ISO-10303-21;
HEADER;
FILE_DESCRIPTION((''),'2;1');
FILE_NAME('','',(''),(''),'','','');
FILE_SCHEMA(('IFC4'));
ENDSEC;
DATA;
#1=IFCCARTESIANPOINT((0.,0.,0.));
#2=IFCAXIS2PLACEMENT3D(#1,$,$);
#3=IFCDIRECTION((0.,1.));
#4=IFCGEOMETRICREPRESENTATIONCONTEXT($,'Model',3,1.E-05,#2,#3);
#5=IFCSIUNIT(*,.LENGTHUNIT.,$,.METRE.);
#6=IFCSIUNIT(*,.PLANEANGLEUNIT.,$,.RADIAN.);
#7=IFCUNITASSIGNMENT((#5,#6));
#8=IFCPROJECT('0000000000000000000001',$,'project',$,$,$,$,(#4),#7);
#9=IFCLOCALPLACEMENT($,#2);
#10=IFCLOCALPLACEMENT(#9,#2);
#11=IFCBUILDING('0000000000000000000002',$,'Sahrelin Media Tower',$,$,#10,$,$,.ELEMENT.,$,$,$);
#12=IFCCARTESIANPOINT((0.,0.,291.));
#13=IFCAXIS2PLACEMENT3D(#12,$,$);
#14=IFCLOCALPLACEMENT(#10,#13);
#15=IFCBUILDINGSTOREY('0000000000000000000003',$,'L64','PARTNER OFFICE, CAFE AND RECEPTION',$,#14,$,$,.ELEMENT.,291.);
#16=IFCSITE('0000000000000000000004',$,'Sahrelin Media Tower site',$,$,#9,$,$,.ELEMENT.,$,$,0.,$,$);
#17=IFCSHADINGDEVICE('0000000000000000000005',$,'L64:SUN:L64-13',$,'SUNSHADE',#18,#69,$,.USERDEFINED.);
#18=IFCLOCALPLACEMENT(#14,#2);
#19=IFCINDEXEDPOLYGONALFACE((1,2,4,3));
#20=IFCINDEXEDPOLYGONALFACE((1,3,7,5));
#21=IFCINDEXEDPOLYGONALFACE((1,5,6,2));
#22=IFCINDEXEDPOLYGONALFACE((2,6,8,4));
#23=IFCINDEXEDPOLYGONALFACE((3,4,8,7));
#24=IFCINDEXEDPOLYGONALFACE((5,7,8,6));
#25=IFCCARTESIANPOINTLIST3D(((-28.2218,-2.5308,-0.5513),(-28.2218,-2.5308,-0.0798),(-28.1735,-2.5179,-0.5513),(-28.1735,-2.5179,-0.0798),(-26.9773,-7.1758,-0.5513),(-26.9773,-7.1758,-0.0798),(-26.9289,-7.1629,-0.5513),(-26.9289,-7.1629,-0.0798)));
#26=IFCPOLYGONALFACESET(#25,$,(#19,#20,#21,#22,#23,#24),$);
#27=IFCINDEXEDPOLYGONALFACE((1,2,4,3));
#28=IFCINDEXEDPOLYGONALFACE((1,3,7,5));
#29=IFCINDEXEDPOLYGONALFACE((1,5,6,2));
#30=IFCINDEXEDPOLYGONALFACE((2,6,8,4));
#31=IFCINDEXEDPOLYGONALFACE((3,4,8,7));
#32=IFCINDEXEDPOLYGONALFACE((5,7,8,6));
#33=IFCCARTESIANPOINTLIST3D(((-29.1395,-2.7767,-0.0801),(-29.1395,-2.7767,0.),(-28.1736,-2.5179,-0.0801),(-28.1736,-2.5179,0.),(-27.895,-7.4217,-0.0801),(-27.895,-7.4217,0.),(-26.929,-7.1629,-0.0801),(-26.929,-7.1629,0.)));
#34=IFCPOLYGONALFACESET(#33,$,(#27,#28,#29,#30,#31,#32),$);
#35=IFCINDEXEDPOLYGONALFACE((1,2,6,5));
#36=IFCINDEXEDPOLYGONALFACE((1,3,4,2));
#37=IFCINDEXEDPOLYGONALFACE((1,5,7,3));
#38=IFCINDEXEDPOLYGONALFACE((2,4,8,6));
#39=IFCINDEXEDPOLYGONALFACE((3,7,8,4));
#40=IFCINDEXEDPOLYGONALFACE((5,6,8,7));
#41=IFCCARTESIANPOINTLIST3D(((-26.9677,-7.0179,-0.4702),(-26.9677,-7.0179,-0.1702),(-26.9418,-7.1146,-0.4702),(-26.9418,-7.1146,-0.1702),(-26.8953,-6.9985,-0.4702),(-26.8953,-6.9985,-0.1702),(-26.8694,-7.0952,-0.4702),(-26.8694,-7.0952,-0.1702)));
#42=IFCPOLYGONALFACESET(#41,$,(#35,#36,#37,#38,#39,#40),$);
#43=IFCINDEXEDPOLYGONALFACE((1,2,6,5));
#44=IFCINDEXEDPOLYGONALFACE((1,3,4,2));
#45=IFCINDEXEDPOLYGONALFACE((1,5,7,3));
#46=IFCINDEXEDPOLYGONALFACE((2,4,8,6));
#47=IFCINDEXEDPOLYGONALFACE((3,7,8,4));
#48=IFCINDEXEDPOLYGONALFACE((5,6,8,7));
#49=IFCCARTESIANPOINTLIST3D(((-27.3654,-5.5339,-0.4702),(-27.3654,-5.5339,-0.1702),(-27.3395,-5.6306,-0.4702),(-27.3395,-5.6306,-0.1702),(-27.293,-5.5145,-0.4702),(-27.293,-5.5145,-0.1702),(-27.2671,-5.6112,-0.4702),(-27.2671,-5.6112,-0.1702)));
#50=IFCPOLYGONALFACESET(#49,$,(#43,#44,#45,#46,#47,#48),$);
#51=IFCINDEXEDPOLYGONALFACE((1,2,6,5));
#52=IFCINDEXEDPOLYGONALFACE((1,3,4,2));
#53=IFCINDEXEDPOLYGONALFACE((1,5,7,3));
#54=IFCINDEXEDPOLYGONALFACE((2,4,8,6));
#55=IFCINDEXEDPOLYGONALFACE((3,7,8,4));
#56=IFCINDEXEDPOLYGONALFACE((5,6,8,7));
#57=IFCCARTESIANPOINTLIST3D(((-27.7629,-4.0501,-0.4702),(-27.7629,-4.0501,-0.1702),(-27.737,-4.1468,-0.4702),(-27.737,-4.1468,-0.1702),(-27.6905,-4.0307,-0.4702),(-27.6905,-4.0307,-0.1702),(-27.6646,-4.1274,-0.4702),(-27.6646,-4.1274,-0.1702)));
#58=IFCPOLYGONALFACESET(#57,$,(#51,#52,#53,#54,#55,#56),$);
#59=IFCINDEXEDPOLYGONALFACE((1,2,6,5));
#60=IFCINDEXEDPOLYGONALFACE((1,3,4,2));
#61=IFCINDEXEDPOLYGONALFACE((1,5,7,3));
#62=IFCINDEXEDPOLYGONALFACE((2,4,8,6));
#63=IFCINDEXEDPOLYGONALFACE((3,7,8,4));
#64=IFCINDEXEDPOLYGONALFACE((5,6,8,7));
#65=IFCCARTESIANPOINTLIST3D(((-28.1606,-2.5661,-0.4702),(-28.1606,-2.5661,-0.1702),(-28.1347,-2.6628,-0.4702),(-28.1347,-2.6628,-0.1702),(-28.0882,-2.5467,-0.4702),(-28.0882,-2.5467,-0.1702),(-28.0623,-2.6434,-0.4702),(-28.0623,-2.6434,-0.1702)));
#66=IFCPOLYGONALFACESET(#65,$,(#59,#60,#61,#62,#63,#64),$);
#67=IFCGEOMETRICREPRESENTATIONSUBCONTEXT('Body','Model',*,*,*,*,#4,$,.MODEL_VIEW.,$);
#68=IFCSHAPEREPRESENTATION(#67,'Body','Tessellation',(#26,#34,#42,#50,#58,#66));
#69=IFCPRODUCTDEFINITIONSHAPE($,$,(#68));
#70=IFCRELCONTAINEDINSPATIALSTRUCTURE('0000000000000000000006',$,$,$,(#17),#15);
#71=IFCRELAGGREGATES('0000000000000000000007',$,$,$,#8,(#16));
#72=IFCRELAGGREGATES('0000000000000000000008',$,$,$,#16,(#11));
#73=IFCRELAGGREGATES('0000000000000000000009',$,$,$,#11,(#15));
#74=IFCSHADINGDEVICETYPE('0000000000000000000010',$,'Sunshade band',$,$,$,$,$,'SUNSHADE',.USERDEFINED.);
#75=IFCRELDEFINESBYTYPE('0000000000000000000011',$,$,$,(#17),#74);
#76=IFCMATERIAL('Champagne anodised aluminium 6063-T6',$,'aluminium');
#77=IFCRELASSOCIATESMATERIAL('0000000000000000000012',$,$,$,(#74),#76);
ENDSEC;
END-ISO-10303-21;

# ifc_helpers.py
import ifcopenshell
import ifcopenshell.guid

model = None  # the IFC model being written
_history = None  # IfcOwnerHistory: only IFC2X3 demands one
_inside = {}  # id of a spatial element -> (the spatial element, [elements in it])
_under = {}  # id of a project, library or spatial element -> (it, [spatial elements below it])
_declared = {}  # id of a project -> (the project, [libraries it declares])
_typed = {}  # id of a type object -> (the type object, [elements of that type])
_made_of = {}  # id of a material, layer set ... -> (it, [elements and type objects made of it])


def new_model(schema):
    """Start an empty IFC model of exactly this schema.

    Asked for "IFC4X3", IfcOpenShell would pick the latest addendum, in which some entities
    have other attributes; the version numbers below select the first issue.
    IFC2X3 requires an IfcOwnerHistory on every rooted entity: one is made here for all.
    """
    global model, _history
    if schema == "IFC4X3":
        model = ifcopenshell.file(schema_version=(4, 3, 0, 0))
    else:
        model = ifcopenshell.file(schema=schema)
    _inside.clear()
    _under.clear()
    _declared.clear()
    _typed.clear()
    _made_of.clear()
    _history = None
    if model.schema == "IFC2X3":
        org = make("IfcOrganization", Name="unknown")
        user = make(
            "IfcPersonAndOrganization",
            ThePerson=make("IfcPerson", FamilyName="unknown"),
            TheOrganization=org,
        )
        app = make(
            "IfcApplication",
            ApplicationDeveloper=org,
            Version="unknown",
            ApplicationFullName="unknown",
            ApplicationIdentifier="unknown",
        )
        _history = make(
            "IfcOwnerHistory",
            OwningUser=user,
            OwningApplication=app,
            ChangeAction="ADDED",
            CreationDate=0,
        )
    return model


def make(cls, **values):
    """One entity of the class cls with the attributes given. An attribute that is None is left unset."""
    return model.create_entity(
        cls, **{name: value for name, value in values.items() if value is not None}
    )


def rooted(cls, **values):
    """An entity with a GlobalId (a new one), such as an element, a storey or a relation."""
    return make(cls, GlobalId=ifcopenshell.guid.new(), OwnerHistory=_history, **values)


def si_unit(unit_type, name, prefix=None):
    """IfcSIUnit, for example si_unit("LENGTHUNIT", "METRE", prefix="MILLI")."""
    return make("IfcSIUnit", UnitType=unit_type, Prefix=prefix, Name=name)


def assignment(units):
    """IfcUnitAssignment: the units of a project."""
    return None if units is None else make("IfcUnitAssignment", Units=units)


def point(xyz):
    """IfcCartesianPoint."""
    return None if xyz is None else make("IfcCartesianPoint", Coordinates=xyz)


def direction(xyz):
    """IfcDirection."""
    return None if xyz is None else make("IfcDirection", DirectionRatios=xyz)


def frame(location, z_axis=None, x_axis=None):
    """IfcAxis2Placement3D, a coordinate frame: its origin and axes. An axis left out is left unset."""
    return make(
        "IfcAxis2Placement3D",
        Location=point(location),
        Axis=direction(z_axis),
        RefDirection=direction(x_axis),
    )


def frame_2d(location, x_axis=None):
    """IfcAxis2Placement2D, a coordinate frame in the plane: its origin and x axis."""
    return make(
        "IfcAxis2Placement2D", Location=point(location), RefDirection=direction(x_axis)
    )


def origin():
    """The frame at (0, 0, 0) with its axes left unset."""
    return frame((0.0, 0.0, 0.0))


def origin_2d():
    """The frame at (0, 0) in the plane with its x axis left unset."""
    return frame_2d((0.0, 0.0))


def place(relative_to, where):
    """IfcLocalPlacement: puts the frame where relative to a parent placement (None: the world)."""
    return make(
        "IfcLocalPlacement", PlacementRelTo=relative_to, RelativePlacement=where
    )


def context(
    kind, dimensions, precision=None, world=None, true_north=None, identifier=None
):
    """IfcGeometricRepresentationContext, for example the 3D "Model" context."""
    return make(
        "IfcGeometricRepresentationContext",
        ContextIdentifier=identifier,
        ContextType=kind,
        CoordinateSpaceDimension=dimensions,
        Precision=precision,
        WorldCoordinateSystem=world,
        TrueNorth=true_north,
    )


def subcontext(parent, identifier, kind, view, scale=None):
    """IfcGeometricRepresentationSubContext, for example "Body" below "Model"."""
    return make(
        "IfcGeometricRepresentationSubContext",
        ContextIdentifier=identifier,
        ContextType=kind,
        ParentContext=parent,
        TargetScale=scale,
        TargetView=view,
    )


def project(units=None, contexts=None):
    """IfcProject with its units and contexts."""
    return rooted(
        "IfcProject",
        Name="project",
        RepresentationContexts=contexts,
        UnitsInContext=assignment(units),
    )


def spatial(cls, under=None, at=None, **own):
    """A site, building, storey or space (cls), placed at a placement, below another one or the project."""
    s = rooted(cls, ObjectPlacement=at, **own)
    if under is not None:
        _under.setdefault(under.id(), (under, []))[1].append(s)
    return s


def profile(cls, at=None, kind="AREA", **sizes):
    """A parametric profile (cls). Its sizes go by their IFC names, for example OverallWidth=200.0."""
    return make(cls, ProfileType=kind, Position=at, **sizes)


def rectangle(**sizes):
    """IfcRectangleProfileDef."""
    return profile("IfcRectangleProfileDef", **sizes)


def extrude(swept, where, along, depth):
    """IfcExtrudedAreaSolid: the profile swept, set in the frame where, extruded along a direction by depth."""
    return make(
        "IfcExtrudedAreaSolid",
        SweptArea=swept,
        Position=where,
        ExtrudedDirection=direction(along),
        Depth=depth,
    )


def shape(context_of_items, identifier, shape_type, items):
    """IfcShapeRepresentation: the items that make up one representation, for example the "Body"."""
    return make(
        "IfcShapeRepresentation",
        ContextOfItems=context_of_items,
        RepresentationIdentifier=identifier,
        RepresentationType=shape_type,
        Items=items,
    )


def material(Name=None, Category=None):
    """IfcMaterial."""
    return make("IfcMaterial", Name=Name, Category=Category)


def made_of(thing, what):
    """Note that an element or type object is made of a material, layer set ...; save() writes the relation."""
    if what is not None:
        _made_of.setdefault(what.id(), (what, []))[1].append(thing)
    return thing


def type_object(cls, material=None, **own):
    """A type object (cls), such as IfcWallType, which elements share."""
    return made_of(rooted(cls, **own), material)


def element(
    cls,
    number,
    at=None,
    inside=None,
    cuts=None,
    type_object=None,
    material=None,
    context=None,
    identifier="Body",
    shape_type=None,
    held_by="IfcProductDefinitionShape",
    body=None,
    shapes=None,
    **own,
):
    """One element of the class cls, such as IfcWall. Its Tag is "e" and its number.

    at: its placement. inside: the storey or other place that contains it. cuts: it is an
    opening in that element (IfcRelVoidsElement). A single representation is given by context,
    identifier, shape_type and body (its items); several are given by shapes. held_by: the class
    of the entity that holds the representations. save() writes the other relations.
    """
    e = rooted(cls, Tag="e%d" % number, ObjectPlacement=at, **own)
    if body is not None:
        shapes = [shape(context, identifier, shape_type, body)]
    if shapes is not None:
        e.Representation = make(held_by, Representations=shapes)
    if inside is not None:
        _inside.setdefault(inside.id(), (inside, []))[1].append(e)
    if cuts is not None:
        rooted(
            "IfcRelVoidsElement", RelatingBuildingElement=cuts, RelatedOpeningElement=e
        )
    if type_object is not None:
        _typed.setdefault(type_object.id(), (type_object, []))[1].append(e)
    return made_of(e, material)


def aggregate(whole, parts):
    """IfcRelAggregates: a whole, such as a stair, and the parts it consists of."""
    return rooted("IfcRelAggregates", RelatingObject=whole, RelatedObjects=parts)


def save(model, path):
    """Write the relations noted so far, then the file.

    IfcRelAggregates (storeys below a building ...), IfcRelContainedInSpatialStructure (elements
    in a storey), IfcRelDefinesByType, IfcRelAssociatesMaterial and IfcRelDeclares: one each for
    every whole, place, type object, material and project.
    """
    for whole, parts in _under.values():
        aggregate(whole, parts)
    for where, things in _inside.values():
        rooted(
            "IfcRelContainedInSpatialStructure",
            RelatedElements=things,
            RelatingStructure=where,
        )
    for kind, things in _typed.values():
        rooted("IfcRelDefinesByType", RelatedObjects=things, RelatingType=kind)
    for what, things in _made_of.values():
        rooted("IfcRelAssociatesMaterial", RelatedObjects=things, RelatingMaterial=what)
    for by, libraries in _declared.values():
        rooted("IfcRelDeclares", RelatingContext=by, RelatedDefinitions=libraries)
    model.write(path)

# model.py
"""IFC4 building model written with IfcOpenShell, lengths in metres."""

from ifc_helpers import new_model, si_unit, direction, frame, origin, origin_2d, place, context, subcontext, project, spatial, rectangle, extrude, material, type_object, element, save


model = new_model("IFC4")

# Units and contexts
model_context = context("Model", 3, precision=1e-05, world=origin(), true_north=direction((0.0, 1.0)))
body_context = subcontext(model_context, "Body", "Model", "MODEL_VIEW")
ifc_project = project(units=[si_unit("LENGTHUNIT", "METRE"), si_unit("PLANEANGLEUNIT", "RADIAN")], contexts=[model_context])

# Site, building, storey
site_placement = place(None, origin())
site = spatial("IfcSite", under=ifc_project, at=site_placement, Name="Sahrelin Media Tower site", CompositionType="ELEMENT", RefElevation=0.0)
building_placement = place(site_placement, origin())
building = spatial("IfcBuilding", under=site, at=building_placement, Name="Sahrelin Media Tower", CompositionType="ELEMENT")
storey_placement = place(building_placement, frame((0.0, 0.0, 291.0)))
storey = spatial("IfcBuildingStorey", under=building, at=storey_placement, Name="L64", Description="PARTNER OFFICE, CAFE AND RECEPTION", CompositionType="ELEMENT", Elevation=291.0)

# Shared definitions
ifc_material_1 = material(Name="Champagne anodised aluminium 6063-T6", Category="aluminium")

# Shading device
placement_1 = place(storey_placement, frame((-27.532, -4.8352, 0.0), z_axis=(0.0, 0.0, 1.0), x_axis=(-0.258808, 0.965929, 0.0)))
shading_device_type_1 = type_object("IfcShadingDeviceType", Name="Sunshade band", ElementType="SUNSHADE", PredefinedType="USERDEFINED", material=ifc_material_1)
element("IfcShadingDevice", 1, at=placement_1, inside=storey, type_object=shading_device_type_1, Name="L64:SUN:L64-13", ObjectType="SUNSHADE", PredefinedType="USERDEFINED", context=body_context, shape_type="SweptSolid", body=[
    extrude(rectangle(XDim=4.8088, YDim=0.05, at=origin_2d()), frame((0.0, 0.0449, -0.5513)), (0.0, 0.0, 1.0), 0.4714),
    extrude(rectangle(XDim=4.8088, YDim=1.0, at=origin_2d()), frame((0.0, 0.52, -0.0801)), (0.0, 0.0, 1.0), 0.0801),
    extrude(rectangle(XDim=0.1001, YDim=0.075, at=origin_2d()), frame((-2.3044, -0.0176, -0.4702)), (0.0, 0.0, 1.0), 0.3),
    extrude(rectangle(XDim=0.1001, YDim=0.075, at=origin_2d()), frame((-0.7681, -0.0176, -0.4702)), (0.0, 0.0, 1.0), 0.3),
    extrude(rectangle(XDim=0.1001, YDim=0.075, at=origin_2d()), frame((0.7681, -0.0176, -0.4702)), (0.0, 0.0, 1.0), 0.3),
    extrude(rectangle(XDim=0.1001, YDim=0.075, at=origin_2d()), frame((2.3044, -0.0176, -0.4702)), (0.0, 0.0, 1.0), 0.3),
])

save(model, "model.ifc")
